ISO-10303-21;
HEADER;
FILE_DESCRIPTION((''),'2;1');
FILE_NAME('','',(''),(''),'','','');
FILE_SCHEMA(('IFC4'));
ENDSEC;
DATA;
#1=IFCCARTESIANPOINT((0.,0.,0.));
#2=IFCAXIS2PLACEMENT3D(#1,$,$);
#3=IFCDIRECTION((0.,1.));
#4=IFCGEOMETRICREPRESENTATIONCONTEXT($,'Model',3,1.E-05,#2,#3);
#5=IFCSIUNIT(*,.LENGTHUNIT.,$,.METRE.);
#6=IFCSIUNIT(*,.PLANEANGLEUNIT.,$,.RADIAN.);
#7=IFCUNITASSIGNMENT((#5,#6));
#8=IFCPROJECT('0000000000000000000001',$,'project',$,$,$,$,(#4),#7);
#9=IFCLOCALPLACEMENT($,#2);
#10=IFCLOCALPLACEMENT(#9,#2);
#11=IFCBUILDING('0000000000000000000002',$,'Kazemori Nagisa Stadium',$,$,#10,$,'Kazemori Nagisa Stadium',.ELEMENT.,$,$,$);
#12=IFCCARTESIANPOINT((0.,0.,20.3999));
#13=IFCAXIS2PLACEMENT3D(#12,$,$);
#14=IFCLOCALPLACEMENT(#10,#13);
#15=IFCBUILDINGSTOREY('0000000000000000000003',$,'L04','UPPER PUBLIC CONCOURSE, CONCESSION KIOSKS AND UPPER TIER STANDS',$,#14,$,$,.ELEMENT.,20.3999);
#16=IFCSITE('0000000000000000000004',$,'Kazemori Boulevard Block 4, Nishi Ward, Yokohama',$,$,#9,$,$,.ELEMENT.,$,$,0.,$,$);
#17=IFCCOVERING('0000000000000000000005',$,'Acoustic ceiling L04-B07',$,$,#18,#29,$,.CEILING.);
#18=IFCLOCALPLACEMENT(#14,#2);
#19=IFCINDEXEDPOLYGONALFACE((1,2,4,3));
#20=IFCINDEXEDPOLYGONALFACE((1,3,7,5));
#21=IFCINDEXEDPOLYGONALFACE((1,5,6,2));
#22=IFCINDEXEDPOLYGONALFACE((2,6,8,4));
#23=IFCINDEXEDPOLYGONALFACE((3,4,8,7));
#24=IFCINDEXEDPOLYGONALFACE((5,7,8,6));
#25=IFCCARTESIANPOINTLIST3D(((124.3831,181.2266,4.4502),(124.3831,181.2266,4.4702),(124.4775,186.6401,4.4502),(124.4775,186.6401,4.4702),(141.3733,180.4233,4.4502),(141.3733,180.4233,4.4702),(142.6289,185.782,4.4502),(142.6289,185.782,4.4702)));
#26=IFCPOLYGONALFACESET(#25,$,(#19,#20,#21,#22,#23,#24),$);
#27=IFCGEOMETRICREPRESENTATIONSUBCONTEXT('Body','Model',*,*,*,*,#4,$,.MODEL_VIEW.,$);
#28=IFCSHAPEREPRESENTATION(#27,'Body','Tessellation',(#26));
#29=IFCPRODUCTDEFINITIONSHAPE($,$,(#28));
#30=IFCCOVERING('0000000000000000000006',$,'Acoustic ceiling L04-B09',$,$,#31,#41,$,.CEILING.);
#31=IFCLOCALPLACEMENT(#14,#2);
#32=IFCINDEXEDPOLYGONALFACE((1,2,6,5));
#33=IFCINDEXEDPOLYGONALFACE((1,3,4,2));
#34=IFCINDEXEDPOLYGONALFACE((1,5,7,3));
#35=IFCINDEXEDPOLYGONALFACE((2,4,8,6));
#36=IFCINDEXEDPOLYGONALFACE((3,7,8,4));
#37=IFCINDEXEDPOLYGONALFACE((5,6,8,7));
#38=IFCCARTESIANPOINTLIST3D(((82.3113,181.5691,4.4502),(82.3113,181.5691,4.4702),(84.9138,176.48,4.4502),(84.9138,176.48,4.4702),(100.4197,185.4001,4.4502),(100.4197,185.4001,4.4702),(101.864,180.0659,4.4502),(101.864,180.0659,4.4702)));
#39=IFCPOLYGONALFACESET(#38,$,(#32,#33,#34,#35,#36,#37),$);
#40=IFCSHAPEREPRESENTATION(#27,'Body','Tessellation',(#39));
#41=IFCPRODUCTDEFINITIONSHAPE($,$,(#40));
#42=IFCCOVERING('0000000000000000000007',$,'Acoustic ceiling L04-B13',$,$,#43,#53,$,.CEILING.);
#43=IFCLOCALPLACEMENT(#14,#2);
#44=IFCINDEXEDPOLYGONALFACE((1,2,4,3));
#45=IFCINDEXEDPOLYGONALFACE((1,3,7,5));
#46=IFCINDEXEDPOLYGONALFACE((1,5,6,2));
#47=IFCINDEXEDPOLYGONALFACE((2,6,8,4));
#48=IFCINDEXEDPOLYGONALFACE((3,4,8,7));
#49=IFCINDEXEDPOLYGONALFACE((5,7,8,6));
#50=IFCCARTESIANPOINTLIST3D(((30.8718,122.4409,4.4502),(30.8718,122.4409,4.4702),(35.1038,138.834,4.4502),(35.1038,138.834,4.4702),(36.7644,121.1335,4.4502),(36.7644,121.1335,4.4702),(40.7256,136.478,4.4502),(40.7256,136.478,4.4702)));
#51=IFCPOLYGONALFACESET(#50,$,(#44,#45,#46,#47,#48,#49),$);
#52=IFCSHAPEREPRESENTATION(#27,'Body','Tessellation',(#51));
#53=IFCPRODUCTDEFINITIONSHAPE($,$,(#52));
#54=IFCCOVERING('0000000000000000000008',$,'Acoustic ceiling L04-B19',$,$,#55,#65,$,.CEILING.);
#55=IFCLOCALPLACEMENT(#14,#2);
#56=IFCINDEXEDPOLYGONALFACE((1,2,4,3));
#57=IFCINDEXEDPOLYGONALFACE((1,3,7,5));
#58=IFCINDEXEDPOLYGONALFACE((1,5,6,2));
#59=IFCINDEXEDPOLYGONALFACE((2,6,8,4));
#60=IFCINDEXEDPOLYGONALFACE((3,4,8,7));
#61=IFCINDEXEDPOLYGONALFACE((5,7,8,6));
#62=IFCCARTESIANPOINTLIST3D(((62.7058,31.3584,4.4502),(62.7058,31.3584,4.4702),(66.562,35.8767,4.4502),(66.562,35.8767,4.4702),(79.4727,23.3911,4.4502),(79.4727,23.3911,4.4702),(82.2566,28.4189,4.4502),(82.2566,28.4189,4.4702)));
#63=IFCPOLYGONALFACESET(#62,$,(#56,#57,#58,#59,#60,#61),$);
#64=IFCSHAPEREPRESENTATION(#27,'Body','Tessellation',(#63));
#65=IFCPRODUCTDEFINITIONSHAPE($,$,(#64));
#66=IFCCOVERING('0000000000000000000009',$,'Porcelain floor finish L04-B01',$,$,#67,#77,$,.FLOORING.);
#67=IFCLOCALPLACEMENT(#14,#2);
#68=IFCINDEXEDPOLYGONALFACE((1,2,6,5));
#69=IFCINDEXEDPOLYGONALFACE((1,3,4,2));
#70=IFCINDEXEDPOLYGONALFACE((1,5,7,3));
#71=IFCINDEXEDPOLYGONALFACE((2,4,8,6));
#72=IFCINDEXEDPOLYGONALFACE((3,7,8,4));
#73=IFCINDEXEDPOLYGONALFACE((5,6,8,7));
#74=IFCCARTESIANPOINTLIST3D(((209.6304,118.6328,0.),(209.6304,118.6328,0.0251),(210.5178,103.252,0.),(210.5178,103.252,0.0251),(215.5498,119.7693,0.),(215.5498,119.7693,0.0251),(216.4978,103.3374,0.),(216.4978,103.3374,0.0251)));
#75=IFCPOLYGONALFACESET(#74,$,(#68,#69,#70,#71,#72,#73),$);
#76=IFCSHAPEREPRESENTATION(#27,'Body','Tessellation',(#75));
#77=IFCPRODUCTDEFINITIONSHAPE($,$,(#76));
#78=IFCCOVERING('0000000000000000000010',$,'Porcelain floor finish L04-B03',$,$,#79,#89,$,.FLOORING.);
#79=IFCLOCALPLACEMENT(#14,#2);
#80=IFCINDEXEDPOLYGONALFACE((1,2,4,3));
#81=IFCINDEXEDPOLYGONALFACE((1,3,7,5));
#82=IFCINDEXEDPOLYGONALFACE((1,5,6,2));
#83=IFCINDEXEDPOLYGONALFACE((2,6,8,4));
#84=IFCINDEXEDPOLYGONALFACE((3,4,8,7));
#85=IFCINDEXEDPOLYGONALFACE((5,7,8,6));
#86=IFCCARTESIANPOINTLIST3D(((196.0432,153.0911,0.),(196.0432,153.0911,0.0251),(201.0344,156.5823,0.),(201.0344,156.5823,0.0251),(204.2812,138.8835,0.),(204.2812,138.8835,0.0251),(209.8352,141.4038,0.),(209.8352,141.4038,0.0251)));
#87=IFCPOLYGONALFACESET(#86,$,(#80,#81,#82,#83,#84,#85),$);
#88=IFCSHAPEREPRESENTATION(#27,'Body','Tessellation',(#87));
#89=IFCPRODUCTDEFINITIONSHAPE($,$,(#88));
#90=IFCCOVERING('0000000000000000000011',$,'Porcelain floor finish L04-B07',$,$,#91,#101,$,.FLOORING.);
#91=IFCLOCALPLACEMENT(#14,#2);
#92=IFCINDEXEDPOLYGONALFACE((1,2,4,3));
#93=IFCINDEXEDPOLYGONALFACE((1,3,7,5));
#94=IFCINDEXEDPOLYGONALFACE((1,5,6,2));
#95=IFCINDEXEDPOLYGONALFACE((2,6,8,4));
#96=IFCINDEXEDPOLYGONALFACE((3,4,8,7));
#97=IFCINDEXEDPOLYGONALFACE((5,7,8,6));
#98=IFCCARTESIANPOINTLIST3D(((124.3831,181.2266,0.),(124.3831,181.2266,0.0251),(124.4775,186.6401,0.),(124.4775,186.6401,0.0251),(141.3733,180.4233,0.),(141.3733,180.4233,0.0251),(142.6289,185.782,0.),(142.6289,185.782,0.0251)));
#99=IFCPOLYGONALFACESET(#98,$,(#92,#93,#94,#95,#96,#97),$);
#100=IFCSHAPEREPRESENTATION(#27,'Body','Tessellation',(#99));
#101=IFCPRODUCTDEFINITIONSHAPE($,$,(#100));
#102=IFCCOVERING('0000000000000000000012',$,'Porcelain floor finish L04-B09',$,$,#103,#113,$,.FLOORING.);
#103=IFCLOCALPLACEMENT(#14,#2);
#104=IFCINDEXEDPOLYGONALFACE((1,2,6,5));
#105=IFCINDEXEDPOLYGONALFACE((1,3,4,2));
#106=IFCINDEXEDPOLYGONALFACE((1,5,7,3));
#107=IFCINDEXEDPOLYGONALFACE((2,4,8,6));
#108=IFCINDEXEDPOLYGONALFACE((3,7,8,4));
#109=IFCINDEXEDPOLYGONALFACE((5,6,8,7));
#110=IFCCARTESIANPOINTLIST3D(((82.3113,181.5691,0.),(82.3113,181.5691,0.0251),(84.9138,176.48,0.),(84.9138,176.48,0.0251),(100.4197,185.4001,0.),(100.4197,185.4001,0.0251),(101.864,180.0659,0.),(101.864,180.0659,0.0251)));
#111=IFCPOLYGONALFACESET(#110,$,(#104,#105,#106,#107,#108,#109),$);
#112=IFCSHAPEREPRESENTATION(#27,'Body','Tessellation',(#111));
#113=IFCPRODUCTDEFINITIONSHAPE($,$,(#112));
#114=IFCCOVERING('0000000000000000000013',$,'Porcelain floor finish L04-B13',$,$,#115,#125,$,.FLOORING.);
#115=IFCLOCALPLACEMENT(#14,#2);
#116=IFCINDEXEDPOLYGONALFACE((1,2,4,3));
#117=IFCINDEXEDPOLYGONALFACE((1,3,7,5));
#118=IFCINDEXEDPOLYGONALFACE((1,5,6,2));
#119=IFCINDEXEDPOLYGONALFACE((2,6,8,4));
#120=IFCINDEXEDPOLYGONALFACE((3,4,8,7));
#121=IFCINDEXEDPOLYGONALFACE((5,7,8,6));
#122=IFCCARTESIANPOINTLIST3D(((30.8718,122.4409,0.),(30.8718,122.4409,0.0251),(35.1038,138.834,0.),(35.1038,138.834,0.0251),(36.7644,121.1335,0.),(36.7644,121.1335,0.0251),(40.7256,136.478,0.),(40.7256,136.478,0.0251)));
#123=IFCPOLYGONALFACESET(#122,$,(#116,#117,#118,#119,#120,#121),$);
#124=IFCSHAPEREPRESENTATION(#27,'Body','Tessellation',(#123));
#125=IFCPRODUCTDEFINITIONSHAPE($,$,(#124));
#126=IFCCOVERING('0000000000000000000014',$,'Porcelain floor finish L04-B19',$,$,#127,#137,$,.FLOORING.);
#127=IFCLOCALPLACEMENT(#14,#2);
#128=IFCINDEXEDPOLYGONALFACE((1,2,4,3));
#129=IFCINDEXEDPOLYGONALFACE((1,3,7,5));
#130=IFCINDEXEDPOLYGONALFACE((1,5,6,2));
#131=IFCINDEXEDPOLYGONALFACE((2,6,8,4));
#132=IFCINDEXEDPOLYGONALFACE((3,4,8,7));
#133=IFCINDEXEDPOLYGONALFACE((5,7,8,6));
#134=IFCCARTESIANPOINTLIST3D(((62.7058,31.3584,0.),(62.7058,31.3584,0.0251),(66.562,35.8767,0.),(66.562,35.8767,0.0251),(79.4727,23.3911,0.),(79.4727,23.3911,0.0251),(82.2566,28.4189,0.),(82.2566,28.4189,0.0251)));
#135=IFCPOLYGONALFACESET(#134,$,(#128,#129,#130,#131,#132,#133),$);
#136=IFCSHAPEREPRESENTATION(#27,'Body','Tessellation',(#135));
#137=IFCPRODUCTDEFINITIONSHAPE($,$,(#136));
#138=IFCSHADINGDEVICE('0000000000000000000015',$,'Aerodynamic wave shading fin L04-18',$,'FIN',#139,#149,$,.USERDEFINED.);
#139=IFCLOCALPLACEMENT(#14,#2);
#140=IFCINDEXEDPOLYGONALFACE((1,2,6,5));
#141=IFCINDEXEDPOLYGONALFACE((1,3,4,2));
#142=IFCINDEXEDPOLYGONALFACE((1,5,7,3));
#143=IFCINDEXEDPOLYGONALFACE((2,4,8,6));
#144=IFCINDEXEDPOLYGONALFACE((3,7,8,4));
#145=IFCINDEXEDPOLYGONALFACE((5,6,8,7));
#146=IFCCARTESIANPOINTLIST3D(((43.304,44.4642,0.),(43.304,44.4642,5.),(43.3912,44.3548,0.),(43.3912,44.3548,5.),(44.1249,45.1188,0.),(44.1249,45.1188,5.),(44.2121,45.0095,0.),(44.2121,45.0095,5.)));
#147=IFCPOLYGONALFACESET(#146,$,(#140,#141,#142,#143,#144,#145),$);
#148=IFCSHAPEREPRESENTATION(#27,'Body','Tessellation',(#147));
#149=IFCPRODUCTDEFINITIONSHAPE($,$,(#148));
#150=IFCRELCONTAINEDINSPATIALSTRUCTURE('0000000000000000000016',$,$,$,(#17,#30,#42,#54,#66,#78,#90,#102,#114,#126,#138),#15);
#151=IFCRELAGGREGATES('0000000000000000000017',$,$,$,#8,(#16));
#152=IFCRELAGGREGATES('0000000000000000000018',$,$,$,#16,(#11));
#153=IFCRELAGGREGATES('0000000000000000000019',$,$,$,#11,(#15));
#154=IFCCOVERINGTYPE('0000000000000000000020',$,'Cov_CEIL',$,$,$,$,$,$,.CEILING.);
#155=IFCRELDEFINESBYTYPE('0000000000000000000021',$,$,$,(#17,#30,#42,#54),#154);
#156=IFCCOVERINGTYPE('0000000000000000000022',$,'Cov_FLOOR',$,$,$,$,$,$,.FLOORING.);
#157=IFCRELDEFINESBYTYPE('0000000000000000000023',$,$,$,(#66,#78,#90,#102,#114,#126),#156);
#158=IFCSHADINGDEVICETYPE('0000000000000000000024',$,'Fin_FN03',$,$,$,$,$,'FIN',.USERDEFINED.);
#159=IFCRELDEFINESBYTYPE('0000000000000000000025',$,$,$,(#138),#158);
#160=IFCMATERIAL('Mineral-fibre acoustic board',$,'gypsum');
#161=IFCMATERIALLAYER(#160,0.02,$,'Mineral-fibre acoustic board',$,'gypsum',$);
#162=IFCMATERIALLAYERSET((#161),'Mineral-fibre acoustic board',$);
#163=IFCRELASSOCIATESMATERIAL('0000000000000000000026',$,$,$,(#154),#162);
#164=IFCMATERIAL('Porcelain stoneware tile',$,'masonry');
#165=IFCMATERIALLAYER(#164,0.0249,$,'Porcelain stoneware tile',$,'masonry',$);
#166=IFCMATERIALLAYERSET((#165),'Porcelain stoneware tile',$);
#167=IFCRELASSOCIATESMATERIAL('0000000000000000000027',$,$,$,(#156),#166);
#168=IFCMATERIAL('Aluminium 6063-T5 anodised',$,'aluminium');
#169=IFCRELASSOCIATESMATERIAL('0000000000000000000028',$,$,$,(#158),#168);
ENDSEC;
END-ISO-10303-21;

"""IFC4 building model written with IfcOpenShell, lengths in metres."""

from ifc_helpers import new_model, si_unit, direction, frame, origin, origin_2d, place, context, subcontext, project, spatial, polyline, rectangle, outline, extrude, material, layer, layer_set, type_object, element, save


model = new_model("IFC4")

# Units and contexts
model_context = context("Model", 3, precision=1e-05, world=origin(), true_north=direction((0.0, 1.0)))
body_context = subcontext(model_context, "Body", "Model", "MODEL_VIEW")
ifc_project = project(units=[si_unit("LENGTHUNIT", "METRE"), si_unit("PLANEANGLEUNIT", "RADIAN")], contexts=[model_context])

# Site, building, storey
site_placement = place(None, origin())
site = spatial("IfcSite", under=ifc_project, at=site_placement, Name="Kazemori Boulevard Block 4, Nishi Ward, Yokohama", CompositionType="ELEMENT", RefElevation=0.0)
building_placement = place(site_placement, origin())
building = spatial("IfcBuilding", under=site, at=building_placement, Name="Kazemori Nagisa Stadium", LongName="Kazemori Nagisa Stadium", CompositionType="ELEMENT")
storey_placement = place(building_placement, frame((0.0, 0.0, 20.3999)))
storey = spatial("IfcBuildingStorey", under=building, at=storey_placement, Name="L04", Description="UPPER PUBLIC CONCOURSE, CONCESSION KIOSKS AND UPPER TIER STANDS", CompositionType="ELEMENT", Elevation=20.3999)

# Shared definitions
ifc_material_1 = material(Name="Aluminium 6063-T5 anodised", Category="aluminium")

# Coverings
ifc_material_2 = material(Name="Mineral-fibre acoustic board", Category="gypsum")
ifc_layer_1 = layer(ifc_material_2, 0.02, Name="Mineral-fibre acoustic board", Category="gypsum")
ifc_layer_set_1 = layer_set([ifc_layer_1], Name="Mineral-fibre acoustic board")
covering_type_1 = type_object("IfcCoveringType", Name="Cov_CEIL", PredefinedType="CEILING", material=ifc_layer_set_1)
covering_1_placement = place(storey_placement, frame((0.0, 0.0, 4.4502)))
element("IfcCovering", 1, at=covering_1_placement, inside=storey, type_object=covering_type_1, Name="Acoustic ceiling L04-B07", PredefinedType="CEILING", context=body_context, shape_type="SweptSolid", body=[
    extrude(outline(polyline([(141.3733, 180.4233), (124.3831, 181.2266), (124.4775, 186.6401), (142.6289, 185.782), (141.3733, 180.4233)])), origin(), (0.0, 0.0, 1.0), 0.02),
])
covering_2_placement = place(storey_placement, frame((0.0, 0.0, 4.4502)))
element("IfcCovering", 2, at=covering_2_placement, inside=storey, type_object=covering_type_1, Name="Acoustic ceiling L04-B09", PredefinedType="CEILING", context=body_context, shape_type="SweptSolid", body=[
    extrude(outline(polyline([(101.864, 180.0659), (84.9138, 176.48), (82.3113, 181.5691), (100.4197, 185.4001), (101.864, 180.0659)])), origin(), (0.0, 0.0, 1.0), 0.02),
])
covering_3_placement = place(storey_placement, frame((0.0, 0.0, 4.4502)))
element("IfcCovering", 3, at=covering_3_placement, inside=storey, type_object=covering_type_1, Name="Acoustic ceiling L04-B13", PredefinedType="CEILING", context=body_context, shape_type="SweptSolid", body=[
    extrude(outline(polyline([(40.7256, 136.478), (36.7644, 121.1335), (30.8718, 122.4409), (35.1038, 138.834), (40.7256, 136.478)])), origin(), (0.0, 0.0, 1.0), 0.02),
])
covering_4_placement = place(storey_placement, frame((0.0, 0.0, 4.4502)))
element("IfcCovering", 4, at=covering_4_placement, inside=storey, type_object=covering_type_1, Name="Acoustic ceiling L04-B19", PredefinedType="CEILING", context=body_context, shape_type="SweptSolid", body=[
    extrude(outline(polyline([(66.562, 35.8767), (82.2566, 28.4189), (79.4727, 23.3911), (62.7058, 31.3584), (66.562, 35.8767)])), origin(), (0.0, 0.0, 1.0), 0.02),
])
ifc_material_3 = material(Name="Porcelain stoneware tile", Category="masonry")
ifc_layer_2 = layer(ifc_material_3, 0.0249, Name="Porcelain stoneware tile", Category="masonry")
ifc_layer_set_2 = layer_set([ifc_layer_2], Name="Porcelain stoneware tile")
covering_type_2 = type_object("IfcCoveringType", Name="Cov_FLOOR", PredefinedType="FLOORING", material=ifc_layer_set_2)
covering_5_placement = place(storey_placement, origin())
element("IfcCovering", 5, at=covering_5_placement, inside=storey, type_object=covering_type_2, Name="Porcelain floor finish L04-B01", PredefinedType="FLOORING", context=body_context, shape_type="SweptSolid", body=[
    extrude(outline(polyline([(210.5178, 103.252), (209.6304, 118.6328), (215.5498, 119.7693), (216.4978, 103.3374), (210.5178, 103.252)])), origin(), (0.0, 0.0, 1.0), 0.0251),
])
covering_6_placement = place(storey_placement, origin())
element("IfcCovering", 6, at=covering_6_placement, inside=storey, type_object=covering_type_2, Name="Porcelain floor finish L04-B03", PredefinedType="FLOORING", context=body_context, shape_type="SweptSolid", body=[
    extrude(outline(polyline([(204.2812, 138.8835), (196.0432, 153.0911), (201.0344, 156.5823), (209.8352, 141.4038), (204.2812, 138.8835)])), origin(), (0.0, 0.0, 1.0), 0.0251),
])
covering_7_placement = place(storey_placement, origin())
element("IfcCovering", 7, at=covering_7_placement, inside=storey, type_object=covering_type_2, Name="Porcelain floor finish L04-B07", PredefinedType="FLOORING", context=body_context, shape_type="SweptSolid", body=[
    extrude(outline(polyline([(141.3733, 180.4233), (124.3831, 181.2266), (124.4775, 186.6401), (142.6289, 185.782), (141.3733, 180.4233)])), origin(), (0.0, 0.0, 1.0), 0.0251),
])
covering_8_placement = place(storey_placement, origin())
element("IfcCovering", 8, at=covering_8_placement, inside=storey, type_object=covering_type_2, Name="Porcelain floor finish L04-B09", PredefinedType="FLOORING", context=body_context, shape_type="SweptSolid", body=[
    extrude(outline(polyline([(101.864, 180.0659), (84.9138, 176.48), (82.3113, 181.5691), (100.4197, 185.4001), (101.864, 180.0659)])), origin(), (0.0, 0.0, 1.0), 0.0251),
])
covering_9_placement = place(storey_placement, origin())
element("IfcCovering", 9, at=covering_9_placement, inside=storey, type_object=covering_type_2, Name="Porcelain floor finish L04-B13", PredefinedType="FLOORING", context=body_context, shape_type="SweptSolid", body=[
    extrude(outline(polyline([(40.7256, 136.478), (36.7644, 121.1335), (30.8718, 122.4409), (35.1038, 138.834), (40.7256, 136.478)])), origin(), (0.0, 0.0, 1.0), 0.0251),
])
covering_10_placement = place(storey_placement, origin())
element("IfcCovering", 10, at=covering_10_placement, inside=storey, type_object=covering_type_2, Name="Porcelain floor finish L04-B19", PredefinedType="FLOORING", context=body_context, shape_type="SweptSolid", body=[
    extrude(outline(polyline([(66.562, 35.8767), (82.2566, 28.4189), (79.4727, 23.3911), (62.7058, 31.3584), (66.562, 35.8767)])), origin(), (0.0, 0.0, 1.0), 0.0251),
])

# Shading device
shading_device_type = type_object("IfcShadingDeviceType", Name="Fin_FN03", ElementType="FIN", PredefinedType="USERDEFINED", material=ifc_material_1)
shading_device_placement = place(storey_placement, frame((43.7581, 44.7368, 0.0), z_axis=(0.0, 0.0, 1.0), x_axis=(-0.781831, -0.62349, 0.0)))
element("IfcShadingDevice", 11, at=shading_device_placement, inside=storey, type_object=shading_device_type, Name="Aerodynamic wave shading fin L04-18", ObjectType="FIN", PredefinedType="USERDEFINED", context=body_context, shape_type="SweptSolid", body=[
    extrude(rectangle(XDim=1.05, YDim=0.1399, at=origin_2d()), origin(), (0.0, 0.0, 1.0), 5.0),
])

save(model, "model.ifc")
